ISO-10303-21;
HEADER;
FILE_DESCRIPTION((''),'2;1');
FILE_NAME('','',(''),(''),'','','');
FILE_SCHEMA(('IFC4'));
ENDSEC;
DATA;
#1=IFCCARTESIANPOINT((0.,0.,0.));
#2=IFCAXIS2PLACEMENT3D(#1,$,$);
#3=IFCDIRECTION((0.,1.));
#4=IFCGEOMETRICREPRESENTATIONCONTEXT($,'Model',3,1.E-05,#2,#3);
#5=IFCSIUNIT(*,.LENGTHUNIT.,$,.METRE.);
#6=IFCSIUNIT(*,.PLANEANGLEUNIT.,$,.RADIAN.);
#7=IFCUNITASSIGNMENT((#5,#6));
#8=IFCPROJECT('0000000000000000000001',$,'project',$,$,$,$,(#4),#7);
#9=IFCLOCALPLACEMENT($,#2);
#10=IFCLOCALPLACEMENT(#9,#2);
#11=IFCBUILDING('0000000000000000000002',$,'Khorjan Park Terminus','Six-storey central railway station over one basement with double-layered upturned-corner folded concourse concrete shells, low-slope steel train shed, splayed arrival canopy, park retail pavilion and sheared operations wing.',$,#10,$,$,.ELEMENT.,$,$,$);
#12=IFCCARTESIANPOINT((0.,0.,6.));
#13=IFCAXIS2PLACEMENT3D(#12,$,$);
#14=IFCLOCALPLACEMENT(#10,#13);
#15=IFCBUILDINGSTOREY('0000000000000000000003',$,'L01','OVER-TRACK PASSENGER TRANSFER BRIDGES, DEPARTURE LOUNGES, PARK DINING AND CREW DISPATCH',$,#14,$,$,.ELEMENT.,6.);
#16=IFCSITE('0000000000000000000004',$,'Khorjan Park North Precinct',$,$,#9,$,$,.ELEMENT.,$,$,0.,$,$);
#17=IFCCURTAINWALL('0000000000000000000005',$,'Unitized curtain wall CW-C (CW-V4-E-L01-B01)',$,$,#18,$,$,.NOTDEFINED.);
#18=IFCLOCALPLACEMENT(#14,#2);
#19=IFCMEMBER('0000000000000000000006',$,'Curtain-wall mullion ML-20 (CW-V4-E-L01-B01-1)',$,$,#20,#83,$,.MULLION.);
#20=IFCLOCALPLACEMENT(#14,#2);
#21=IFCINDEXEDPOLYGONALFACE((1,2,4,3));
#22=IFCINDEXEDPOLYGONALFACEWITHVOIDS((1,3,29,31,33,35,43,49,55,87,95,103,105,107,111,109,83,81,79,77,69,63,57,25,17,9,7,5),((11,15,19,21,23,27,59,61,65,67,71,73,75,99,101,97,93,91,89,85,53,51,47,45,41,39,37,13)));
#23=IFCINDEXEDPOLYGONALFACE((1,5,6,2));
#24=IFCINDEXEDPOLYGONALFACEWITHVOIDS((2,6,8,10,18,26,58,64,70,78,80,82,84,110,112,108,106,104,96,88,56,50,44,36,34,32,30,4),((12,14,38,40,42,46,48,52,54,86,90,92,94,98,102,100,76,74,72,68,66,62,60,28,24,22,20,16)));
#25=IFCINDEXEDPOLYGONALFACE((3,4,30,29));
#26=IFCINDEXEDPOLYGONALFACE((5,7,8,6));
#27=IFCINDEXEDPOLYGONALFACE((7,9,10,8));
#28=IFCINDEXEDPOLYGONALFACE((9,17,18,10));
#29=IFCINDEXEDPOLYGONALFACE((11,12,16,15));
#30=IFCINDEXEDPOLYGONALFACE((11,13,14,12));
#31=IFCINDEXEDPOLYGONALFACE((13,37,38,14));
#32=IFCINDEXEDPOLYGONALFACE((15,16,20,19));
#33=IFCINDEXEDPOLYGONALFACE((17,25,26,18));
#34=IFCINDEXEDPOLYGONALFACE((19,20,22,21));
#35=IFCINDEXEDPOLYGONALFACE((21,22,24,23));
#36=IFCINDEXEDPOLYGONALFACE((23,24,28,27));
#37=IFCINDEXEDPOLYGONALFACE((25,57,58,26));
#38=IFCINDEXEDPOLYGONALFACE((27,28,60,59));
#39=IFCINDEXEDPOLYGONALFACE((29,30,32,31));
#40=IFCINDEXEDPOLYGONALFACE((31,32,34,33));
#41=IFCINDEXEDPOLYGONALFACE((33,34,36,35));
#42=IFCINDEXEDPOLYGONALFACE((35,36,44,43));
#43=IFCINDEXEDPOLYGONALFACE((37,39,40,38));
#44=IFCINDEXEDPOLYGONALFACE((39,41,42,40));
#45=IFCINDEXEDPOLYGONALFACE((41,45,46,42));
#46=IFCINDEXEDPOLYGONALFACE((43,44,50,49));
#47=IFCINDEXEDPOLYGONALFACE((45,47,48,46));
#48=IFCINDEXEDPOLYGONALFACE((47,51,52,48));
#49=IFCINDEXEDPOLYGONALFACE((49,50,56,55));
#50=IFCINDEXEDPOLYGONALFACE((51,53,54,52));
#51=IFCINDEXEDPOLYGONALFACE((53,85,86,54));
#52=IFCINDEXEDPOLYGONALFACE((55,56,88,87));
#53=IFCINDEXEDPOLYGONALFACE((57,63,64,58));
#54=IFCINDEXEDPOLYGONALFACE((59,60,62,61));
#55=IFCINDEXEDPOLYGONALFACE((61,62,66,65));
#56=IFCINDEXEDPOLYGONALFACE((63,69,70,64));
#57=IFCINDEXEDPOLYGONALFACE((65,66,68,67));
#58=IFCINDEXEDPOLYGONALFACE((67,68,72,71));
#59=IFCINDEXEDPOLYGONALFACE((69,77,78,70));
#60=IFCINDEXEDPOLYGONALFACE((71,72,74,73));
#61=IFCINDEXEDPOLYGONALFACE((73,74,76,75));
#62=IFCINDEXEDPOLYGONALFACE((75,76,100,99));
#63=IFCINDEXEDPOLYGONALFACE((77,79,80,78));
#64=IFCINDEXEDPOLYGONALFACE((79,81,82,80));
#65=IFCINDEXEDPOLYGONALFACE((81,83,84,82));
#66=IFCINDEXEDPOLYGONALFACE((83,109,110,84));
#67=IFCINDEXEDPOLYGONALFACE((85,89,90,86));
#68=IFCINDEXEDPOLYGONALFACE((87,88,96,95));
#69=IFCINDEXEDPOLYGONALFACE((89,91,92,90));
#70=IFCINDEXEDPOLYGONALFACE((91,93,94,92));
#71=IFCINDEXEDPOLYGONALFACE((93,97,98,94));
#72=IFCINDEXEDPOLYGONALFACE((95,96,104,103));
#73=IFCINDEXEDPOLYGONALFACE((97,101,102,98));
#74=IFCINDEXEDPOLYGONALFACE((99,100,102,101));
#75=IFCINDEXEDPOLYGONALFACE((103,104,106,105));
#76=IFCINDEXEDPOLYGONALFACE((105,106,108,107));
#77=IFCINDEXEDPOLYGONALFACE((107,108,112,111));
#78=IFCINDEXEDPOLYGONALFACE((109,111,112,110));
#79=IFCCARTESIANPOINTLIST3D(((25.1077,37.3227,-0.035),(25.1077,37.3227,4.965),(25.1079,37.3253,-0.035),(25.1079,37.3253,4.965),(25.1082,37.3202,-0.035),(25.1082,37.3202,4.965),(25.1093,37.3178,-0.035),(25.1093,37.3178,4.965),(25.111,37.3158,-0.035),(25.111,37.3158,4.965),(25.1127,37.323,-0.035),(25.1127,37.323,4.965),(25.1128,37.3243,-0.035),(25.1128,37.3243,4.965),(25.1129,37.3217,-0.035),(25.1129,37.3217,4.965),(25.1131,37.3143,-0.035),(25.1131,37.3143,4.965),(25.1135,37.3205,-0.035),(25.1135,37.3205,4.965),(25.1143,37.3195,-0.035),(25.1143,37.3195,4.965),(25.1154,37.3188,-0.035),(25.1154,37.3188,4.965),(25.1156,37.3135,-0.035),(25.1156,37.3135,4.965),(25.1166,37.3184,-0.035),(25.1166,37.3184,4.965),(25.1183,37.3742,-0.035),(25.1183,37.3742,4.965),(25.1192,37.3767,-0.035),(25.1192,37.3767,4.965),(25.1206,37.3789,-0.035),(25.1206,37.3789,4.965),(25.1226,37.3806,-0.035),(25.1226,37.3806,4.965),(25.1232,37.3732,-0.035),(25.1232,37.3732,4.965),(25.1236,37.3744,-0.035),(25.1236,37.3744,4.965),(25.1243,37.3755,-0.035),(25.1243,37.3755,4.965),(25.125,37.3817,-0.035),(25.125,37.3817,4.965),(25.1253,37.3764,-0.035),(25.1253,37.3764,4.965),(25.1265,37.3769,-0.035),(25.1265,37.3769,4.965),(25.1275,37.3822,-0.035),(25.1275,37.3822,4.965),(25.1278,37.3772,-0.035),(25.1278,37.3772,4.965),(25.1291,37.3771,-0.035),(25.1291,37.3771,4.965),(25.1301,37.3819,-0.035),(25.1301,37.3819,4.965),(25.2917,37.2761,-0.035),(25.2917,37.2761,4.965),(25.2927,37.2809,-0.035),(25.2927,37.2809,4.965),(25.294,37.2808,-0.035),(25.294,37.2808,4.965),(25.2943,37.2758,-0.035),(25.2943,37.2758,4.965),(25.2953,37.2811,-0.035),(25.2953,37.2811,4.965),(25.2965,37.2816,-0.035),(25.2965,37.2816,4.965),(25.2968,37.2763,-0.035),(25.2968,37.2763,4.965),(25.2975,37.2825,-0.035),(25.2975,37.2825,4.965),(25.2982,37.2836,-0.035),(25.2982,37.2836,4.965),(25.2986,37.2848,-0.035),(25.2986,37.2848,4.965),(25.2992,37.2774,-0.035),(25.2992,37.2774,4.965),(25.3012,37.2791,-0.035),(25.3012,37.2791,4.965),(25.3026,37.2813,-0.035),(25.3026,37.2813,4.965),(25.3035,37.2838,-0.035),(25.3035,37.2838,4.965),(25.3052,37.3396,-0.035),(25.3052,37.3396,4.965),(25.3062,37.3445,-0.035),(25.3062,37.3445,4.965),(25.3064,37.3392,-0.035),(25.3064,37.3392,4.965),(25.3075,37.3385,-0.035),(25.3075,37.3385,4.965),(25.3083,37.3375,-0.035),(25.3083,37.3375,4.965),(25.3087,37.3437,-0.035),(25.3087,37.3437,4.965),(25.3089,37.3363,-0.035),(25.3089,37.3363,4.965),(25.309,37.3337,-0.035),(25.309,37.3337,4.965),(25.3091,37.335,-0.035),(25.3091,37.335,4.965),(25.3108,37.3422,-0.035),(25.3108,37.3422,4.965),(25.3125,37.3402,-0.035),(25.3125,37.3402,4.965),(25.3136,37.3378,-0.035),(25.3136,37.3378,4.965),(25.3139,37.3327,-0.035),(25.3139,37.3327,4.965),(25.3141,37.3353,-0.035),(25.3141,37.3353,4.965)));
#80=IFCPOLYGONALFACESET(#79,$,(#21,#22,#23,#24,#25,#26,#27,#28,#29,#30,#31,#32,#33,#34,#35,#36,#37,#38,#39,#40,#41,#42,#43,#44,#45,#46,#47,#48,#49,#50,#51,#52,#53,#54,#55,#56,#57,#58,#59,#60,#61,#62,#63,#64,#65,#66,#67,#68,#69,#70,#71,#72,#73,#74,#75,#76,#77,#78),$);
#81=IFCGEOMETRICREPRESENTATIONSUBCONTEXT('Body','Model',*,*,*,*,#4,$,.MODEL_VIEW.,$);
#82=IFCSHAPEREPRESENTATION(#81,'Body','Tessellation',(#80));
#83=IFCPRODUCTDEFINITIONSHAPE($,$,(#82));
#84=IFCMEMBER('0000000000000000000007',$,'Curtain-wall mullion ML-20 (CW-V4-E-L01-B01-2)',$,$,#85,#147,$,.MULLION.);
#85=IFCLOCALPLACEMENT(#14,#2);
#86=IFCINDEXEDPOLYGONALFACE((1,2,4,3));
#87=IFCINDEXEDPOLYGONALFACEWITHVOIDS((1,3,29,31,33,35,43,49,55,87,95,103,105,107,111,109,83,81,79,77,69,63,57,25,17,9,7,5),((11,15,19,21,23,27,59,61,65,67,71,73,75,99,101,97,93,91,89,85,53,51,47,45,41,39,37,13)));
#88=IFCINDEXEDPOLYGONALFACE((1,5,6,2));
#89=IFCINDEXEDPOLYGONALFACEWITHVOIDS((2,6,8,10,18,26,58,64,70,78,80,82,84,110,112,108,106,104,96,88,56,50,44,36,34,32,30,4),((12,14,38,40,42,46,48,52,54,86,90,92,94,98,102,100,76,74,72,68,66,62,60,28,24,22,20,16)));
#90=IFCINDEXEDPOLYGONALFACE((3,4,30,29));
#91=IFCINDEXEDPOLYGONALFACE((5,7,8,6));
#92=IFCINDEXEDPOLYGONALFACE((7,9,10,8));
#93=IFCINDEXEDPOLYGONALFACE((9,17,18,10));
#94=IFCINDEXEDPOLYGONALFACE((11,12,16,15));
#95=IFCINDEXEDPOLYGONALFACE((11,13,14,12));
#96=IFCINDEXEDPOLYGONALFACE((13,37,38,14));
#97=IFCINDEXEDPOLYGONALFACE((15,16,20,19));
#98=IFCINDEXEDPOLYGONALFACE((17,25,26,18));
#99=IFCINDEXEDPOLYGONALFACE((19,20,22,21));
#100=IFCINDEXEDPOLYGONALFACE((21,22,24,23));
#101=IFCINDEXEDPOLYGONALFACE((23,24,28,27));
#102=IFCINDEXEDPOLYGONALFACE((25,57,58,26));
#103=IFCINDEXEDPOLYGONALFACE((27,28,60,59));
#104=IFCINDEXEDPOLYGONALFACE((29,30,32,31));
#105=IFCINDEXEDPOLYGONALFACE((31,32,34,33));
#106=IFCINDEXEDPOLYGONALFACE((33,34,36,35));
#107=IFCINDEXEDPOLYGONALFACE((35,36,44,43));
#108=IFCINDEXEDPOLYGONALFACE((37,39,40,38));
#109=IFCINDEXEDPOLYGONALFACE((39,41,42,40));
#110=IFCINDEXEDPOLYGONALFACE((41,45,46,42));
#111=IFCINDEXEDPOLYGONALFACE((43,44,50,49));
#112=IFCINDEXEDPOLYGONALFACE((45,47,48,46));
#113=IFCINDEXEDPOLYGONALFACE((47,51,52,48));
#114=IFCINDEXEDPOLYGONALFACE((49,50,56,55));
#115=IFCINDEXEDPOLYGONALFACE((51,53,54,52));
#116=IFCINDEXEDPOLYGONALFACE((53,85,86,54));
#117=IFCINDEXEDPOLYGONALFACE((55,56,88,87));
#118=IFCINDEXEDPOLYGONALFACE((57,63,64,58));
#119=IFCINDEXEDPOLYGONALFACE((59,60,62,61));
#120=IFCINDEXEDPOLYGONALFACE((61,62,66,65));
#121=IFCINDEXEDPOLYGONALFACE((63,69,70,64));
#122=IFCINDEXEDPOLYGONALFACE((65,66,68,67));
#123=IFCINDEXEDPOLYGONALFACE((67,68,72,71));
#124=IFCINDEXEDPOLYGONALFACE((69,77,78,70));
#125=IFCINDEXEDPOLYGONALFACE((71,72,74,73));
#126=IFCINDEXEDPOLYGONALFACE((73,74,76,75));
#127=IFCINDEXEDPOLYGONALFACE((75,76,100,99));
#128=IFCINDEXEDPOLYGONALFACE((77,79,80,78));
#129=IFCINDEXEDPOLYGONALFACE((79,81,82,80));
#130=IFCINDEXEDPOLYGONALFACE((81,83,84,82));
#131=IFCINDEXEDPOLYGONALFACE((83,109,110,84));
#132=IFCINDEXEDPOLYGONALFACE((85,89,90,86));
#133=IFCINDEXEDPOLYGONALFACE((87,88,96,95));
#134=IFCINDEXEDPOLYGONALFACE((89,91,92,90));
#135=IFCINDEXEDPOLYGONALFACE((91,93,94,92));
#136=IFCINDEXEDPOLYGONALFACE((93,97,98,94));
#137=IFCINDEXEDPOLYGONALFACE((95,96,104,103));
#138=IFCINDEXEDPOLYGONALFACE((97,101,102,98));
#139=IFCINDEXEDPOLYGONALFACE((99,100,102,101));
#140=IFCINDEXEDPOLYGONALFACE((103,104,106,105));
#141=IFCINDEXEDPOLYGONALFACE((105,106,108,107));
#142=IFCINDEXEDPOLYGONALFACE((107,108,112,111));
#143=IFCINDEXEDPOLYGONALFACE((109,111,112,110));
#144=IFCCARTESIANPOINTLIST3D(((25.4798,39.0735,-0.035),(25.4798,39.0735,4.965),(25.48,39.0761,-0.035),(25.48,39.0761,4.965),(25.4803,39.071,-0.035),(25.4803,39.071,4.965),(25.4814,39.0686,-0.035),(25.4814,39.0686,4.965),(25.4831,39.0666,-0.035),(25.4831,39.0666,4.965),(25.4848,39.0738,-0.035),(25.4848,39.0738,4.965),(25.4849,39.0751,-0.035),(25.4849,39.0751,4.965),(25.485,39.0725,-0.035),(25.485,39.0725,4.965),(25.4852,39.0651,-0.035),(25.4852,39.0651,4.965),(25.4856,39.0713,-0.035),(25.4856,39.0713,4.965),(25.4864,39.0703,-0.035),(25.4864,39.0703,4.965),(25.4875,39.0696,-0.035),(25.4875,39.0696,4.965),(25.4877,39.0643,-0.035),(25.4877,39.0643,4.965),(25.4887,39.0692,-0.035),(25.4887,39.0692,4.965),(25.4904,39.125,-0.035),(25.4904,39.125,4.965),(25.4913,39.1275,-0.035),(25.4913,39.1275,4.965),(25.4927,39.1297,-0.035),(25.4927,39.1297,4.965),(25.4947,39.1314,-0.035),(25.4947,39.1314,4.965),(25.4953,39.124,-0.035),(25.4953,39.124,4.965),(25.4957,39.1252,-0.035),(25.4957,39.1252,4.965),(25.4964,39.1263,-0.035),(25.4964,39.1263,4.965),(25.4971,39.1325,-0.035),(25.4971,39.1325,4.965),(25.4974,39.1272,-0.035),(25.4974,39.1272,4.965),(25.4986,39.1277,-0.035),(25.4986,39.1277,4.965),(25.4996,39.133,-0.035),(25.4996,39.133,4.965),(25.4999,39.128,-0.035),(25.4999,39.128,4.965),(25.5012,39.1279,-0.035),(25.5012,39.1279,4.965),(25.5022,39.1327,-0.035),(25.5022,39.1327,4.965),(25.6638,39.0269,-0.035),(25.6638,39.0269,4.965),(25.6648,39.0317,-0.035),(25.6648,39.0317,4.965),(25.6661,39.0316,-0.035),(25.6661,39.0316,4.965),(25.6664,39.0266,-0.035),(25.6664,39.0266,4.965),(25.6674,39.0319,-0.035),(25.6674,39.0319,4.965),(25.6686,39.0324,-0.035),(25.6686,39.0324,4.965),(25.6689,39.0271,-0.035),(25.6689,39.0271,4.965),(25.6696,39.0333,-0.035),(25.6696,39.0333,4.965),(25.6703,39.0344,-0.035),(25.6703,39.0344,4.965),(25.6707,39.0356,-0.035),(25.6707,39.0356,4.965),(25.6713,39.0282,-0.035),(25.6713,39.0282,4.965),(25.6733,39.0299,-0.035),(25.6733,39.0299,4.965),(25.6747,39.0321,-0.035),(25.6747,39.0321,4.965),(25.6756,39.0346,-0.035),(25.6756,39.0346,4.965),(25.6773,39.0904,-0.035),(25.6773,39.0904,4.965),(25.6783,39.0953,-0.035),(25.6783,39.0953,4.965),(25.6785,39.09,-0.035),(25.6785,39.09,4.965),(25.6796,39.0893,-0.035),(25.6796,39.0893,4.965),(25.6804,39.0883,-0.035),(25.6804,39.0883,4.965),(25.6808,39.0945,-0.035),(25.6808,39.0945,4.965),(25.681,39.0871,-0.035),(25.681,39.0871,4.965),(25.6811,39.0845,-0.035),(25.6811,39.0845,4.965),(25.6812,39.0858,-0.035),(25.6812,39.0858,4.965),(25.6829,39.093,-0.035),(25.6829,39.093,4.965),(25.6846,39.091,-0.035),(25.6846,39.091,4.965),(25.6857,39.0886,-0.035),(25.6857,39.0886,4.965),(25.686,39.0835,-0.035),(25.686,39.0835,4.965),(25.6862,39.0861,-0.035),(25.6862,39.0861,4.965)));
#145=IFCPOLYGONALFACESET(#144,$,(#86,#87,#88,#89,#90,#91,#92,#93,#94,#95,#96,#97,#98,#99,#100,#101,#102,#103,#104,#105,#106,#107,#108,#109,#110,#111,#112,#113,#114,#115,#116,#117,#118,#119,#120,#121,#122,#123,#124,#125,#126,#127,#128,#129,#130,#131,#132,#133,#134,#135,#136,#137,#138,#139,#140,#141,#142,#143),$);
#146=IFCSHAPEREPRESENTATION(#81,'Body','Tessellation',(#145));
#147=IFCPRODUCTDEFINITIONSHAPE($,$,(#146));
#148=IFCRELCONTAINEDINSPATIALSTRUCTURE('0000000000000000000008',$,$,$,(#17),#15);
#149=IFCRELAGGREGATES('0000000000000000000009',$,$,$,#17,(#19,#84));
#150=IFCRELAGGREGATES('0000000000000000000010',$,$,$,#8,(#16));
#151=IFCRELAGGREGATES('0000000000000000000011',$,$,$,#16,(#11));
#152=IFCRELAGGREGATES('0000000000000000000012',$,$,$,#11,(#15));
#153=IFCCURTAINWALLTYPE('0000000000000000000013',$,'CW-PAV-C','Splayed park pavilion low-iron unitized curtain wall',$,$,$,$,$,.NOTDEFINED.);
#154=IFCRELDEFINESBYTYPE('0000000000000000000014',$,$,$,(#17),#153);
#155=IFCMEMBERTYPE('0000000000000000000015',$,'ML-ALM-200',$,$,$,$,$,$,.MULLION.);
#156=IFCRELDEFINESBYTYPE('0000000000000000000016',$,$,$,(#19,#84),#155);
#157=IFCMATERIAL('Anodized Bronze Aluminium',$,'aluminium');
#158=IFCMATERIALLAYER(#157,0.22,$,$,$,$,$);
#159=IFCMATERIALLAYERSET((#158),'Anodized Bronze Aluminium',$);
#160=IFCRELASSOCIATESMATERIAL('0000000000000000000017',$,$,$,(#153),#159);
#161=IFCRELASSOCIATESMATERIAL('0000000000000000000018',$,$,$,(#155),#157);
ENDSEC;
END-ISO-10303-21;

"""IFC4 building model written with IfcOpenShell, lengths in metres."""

from ifc_helpers import new_model, si_unit, direction, frame, origin, origin_2d, place, context, subcontext, project, spatial, hollow_rectangle, extrude, material, layer, layer_set, material_profile, profile_set, type_object, element, aggregate, save


model = new_model("IFC4")

# Units and contexts
model_context = context("Model", 3, precision=1e-05, world=origin(), true_north=direction((0.0, 1.0)))
body_context = subcontext(model_context, "Body", "Model", "MODEL_VIEW")
ifc_project = project(units=[si_unit("LENGTHUNIT", "METRE"), si_unit("PLANEANGLEUNIT", "RADIAN")], contexts=[model_context])

# Site, building, storey
site_placement = place(None, origin())
site = spatial("IfcSite", under=ifc_project, at=site_placement, Name="Khorjan Park North Precinct", CompositionType="ELEMENT", RefElevation=0.0)
building_placement = place(site_placement, origin())
building = spatial("IfcBuilding", under=site, at=building_placement, Name="Khorjan Park Terminus", Description="Six-storey central railway station over one basement with double-layered upturned-corner folded concourse concrete shells, low-slope steel train shed, splayed arrival canopy, park retail pavilion and sheared operations wing.", CompositionType="ELEMENT")
storey_placement = place(building_placement, frame((0.0, 0.0, 6.0)))
storey = spatial("IfcBuildingStorey", under=building, at=storey_placement, Name="L01", Description="OVER-TRACK PASSENGER TRANSFER BRIDGES, DEPARTURE LOUNGES, PARK DINING AND CREW DISPATCH", CompositionType="ELEMENT", Elevation=6.0)

# Curtain wall, members
ifc_material_1 = material(Name="Anodized Bronze Aluminium", Category="aluminium")
ifc_layer_1 = layer(ifc_material_1, 0.22)
ifc_layer_set_1 = layer_set([ifc_layer_1], Name="Anodized Bronze Aluminium")
curtain_wall_type = type_object("IfcCurtainWallType", Name="CW-PAV-C", Description="Splayed park pavilion low-iron unitized curtain wall", PredefinedType="NOTDEFINED", material=ifc_layer_set_1)
ifc_material_profile_1 = material_profile(ifc_material_1, hollow_rectangle(XDim=0.07, YDim=0.2, WallThickness=0.005, InnerFilletRadius=0.005, OuterFilletRadius=0.01, at=origin_2d()), Name="ALM 70x200x5")
ifc_profile_set_1 = profile_set([ifc_material_profile_1], Name="Anodized Bronze Aluminium")
member_type_1 = type_object("IfcMemberType", Name="ML-ALM-200", PredefinedType="MULLION", material=ifc_profile_set_1)
curtain_wall_1_placement = place(storey_placement, origin())
curtain_wall_1 = element("IfcCurtainWall", 1, at=curtain_wall_1_placement, inside=storey, type_object=curtain_wall_type, Name="Unitized curtain wall CW-C (CW-V4-E-L01-B01)", PredefinedType="NOTDEFINED")
member_1_placement = place(storey_placement, frame((25.2109, 37.329, -0.035), z_axis=(0.0, 0.0, 1.0), x_axis=(0.207917, 0.978147, 0.0)))
member_1 = element("IfcMember", 2, at=member_1_placement, type_object=member_type_1, Name="Curtain-wall mullion ML-20 (CW-V4-E-L01-B01-1)", PredefinedType="MULLION", context=body_context, shape_type="SweptSolid", body=[
    extrude(hollow_rectangle(XDim=0.07, YDim=0.2, WallThickness=0.005, InnerFilletRadius=0.005, OuterFilletRadius=0.01, at=origin_2d()), origin(), (0.0, 0.0, 1.0), 5.0),
])
member_2_placement = place(storey_placement, frame((25.583, 39.0798, -0.035), z_axis=(0.0, 0.0, 1.0), x_axis=(0.207917, 0.978147, 0.0)))
member_2 = element("IfcMember", 3, at=member_2_placement, type_object=member_type_1, Name="Curtain-wall mullion ML-20 (CW-V4-E-L01-B01-2)", PredefinedType="MULLION", context=body_context, shape_type="SweptSolid", body=[
    extrude(hollow_rectangle(XDim=0.07, YDim=0.2, WallThickness=0.005, InnerFilletRadius=0.005, OuterFilletRadius=0.01, at=origin_2d()), origin(), (0.0, 0.0, 1.0), 5.0),
])

aggregate(curtain_wall_1, [member_1, member_2])

save(model, "model.ifc")
